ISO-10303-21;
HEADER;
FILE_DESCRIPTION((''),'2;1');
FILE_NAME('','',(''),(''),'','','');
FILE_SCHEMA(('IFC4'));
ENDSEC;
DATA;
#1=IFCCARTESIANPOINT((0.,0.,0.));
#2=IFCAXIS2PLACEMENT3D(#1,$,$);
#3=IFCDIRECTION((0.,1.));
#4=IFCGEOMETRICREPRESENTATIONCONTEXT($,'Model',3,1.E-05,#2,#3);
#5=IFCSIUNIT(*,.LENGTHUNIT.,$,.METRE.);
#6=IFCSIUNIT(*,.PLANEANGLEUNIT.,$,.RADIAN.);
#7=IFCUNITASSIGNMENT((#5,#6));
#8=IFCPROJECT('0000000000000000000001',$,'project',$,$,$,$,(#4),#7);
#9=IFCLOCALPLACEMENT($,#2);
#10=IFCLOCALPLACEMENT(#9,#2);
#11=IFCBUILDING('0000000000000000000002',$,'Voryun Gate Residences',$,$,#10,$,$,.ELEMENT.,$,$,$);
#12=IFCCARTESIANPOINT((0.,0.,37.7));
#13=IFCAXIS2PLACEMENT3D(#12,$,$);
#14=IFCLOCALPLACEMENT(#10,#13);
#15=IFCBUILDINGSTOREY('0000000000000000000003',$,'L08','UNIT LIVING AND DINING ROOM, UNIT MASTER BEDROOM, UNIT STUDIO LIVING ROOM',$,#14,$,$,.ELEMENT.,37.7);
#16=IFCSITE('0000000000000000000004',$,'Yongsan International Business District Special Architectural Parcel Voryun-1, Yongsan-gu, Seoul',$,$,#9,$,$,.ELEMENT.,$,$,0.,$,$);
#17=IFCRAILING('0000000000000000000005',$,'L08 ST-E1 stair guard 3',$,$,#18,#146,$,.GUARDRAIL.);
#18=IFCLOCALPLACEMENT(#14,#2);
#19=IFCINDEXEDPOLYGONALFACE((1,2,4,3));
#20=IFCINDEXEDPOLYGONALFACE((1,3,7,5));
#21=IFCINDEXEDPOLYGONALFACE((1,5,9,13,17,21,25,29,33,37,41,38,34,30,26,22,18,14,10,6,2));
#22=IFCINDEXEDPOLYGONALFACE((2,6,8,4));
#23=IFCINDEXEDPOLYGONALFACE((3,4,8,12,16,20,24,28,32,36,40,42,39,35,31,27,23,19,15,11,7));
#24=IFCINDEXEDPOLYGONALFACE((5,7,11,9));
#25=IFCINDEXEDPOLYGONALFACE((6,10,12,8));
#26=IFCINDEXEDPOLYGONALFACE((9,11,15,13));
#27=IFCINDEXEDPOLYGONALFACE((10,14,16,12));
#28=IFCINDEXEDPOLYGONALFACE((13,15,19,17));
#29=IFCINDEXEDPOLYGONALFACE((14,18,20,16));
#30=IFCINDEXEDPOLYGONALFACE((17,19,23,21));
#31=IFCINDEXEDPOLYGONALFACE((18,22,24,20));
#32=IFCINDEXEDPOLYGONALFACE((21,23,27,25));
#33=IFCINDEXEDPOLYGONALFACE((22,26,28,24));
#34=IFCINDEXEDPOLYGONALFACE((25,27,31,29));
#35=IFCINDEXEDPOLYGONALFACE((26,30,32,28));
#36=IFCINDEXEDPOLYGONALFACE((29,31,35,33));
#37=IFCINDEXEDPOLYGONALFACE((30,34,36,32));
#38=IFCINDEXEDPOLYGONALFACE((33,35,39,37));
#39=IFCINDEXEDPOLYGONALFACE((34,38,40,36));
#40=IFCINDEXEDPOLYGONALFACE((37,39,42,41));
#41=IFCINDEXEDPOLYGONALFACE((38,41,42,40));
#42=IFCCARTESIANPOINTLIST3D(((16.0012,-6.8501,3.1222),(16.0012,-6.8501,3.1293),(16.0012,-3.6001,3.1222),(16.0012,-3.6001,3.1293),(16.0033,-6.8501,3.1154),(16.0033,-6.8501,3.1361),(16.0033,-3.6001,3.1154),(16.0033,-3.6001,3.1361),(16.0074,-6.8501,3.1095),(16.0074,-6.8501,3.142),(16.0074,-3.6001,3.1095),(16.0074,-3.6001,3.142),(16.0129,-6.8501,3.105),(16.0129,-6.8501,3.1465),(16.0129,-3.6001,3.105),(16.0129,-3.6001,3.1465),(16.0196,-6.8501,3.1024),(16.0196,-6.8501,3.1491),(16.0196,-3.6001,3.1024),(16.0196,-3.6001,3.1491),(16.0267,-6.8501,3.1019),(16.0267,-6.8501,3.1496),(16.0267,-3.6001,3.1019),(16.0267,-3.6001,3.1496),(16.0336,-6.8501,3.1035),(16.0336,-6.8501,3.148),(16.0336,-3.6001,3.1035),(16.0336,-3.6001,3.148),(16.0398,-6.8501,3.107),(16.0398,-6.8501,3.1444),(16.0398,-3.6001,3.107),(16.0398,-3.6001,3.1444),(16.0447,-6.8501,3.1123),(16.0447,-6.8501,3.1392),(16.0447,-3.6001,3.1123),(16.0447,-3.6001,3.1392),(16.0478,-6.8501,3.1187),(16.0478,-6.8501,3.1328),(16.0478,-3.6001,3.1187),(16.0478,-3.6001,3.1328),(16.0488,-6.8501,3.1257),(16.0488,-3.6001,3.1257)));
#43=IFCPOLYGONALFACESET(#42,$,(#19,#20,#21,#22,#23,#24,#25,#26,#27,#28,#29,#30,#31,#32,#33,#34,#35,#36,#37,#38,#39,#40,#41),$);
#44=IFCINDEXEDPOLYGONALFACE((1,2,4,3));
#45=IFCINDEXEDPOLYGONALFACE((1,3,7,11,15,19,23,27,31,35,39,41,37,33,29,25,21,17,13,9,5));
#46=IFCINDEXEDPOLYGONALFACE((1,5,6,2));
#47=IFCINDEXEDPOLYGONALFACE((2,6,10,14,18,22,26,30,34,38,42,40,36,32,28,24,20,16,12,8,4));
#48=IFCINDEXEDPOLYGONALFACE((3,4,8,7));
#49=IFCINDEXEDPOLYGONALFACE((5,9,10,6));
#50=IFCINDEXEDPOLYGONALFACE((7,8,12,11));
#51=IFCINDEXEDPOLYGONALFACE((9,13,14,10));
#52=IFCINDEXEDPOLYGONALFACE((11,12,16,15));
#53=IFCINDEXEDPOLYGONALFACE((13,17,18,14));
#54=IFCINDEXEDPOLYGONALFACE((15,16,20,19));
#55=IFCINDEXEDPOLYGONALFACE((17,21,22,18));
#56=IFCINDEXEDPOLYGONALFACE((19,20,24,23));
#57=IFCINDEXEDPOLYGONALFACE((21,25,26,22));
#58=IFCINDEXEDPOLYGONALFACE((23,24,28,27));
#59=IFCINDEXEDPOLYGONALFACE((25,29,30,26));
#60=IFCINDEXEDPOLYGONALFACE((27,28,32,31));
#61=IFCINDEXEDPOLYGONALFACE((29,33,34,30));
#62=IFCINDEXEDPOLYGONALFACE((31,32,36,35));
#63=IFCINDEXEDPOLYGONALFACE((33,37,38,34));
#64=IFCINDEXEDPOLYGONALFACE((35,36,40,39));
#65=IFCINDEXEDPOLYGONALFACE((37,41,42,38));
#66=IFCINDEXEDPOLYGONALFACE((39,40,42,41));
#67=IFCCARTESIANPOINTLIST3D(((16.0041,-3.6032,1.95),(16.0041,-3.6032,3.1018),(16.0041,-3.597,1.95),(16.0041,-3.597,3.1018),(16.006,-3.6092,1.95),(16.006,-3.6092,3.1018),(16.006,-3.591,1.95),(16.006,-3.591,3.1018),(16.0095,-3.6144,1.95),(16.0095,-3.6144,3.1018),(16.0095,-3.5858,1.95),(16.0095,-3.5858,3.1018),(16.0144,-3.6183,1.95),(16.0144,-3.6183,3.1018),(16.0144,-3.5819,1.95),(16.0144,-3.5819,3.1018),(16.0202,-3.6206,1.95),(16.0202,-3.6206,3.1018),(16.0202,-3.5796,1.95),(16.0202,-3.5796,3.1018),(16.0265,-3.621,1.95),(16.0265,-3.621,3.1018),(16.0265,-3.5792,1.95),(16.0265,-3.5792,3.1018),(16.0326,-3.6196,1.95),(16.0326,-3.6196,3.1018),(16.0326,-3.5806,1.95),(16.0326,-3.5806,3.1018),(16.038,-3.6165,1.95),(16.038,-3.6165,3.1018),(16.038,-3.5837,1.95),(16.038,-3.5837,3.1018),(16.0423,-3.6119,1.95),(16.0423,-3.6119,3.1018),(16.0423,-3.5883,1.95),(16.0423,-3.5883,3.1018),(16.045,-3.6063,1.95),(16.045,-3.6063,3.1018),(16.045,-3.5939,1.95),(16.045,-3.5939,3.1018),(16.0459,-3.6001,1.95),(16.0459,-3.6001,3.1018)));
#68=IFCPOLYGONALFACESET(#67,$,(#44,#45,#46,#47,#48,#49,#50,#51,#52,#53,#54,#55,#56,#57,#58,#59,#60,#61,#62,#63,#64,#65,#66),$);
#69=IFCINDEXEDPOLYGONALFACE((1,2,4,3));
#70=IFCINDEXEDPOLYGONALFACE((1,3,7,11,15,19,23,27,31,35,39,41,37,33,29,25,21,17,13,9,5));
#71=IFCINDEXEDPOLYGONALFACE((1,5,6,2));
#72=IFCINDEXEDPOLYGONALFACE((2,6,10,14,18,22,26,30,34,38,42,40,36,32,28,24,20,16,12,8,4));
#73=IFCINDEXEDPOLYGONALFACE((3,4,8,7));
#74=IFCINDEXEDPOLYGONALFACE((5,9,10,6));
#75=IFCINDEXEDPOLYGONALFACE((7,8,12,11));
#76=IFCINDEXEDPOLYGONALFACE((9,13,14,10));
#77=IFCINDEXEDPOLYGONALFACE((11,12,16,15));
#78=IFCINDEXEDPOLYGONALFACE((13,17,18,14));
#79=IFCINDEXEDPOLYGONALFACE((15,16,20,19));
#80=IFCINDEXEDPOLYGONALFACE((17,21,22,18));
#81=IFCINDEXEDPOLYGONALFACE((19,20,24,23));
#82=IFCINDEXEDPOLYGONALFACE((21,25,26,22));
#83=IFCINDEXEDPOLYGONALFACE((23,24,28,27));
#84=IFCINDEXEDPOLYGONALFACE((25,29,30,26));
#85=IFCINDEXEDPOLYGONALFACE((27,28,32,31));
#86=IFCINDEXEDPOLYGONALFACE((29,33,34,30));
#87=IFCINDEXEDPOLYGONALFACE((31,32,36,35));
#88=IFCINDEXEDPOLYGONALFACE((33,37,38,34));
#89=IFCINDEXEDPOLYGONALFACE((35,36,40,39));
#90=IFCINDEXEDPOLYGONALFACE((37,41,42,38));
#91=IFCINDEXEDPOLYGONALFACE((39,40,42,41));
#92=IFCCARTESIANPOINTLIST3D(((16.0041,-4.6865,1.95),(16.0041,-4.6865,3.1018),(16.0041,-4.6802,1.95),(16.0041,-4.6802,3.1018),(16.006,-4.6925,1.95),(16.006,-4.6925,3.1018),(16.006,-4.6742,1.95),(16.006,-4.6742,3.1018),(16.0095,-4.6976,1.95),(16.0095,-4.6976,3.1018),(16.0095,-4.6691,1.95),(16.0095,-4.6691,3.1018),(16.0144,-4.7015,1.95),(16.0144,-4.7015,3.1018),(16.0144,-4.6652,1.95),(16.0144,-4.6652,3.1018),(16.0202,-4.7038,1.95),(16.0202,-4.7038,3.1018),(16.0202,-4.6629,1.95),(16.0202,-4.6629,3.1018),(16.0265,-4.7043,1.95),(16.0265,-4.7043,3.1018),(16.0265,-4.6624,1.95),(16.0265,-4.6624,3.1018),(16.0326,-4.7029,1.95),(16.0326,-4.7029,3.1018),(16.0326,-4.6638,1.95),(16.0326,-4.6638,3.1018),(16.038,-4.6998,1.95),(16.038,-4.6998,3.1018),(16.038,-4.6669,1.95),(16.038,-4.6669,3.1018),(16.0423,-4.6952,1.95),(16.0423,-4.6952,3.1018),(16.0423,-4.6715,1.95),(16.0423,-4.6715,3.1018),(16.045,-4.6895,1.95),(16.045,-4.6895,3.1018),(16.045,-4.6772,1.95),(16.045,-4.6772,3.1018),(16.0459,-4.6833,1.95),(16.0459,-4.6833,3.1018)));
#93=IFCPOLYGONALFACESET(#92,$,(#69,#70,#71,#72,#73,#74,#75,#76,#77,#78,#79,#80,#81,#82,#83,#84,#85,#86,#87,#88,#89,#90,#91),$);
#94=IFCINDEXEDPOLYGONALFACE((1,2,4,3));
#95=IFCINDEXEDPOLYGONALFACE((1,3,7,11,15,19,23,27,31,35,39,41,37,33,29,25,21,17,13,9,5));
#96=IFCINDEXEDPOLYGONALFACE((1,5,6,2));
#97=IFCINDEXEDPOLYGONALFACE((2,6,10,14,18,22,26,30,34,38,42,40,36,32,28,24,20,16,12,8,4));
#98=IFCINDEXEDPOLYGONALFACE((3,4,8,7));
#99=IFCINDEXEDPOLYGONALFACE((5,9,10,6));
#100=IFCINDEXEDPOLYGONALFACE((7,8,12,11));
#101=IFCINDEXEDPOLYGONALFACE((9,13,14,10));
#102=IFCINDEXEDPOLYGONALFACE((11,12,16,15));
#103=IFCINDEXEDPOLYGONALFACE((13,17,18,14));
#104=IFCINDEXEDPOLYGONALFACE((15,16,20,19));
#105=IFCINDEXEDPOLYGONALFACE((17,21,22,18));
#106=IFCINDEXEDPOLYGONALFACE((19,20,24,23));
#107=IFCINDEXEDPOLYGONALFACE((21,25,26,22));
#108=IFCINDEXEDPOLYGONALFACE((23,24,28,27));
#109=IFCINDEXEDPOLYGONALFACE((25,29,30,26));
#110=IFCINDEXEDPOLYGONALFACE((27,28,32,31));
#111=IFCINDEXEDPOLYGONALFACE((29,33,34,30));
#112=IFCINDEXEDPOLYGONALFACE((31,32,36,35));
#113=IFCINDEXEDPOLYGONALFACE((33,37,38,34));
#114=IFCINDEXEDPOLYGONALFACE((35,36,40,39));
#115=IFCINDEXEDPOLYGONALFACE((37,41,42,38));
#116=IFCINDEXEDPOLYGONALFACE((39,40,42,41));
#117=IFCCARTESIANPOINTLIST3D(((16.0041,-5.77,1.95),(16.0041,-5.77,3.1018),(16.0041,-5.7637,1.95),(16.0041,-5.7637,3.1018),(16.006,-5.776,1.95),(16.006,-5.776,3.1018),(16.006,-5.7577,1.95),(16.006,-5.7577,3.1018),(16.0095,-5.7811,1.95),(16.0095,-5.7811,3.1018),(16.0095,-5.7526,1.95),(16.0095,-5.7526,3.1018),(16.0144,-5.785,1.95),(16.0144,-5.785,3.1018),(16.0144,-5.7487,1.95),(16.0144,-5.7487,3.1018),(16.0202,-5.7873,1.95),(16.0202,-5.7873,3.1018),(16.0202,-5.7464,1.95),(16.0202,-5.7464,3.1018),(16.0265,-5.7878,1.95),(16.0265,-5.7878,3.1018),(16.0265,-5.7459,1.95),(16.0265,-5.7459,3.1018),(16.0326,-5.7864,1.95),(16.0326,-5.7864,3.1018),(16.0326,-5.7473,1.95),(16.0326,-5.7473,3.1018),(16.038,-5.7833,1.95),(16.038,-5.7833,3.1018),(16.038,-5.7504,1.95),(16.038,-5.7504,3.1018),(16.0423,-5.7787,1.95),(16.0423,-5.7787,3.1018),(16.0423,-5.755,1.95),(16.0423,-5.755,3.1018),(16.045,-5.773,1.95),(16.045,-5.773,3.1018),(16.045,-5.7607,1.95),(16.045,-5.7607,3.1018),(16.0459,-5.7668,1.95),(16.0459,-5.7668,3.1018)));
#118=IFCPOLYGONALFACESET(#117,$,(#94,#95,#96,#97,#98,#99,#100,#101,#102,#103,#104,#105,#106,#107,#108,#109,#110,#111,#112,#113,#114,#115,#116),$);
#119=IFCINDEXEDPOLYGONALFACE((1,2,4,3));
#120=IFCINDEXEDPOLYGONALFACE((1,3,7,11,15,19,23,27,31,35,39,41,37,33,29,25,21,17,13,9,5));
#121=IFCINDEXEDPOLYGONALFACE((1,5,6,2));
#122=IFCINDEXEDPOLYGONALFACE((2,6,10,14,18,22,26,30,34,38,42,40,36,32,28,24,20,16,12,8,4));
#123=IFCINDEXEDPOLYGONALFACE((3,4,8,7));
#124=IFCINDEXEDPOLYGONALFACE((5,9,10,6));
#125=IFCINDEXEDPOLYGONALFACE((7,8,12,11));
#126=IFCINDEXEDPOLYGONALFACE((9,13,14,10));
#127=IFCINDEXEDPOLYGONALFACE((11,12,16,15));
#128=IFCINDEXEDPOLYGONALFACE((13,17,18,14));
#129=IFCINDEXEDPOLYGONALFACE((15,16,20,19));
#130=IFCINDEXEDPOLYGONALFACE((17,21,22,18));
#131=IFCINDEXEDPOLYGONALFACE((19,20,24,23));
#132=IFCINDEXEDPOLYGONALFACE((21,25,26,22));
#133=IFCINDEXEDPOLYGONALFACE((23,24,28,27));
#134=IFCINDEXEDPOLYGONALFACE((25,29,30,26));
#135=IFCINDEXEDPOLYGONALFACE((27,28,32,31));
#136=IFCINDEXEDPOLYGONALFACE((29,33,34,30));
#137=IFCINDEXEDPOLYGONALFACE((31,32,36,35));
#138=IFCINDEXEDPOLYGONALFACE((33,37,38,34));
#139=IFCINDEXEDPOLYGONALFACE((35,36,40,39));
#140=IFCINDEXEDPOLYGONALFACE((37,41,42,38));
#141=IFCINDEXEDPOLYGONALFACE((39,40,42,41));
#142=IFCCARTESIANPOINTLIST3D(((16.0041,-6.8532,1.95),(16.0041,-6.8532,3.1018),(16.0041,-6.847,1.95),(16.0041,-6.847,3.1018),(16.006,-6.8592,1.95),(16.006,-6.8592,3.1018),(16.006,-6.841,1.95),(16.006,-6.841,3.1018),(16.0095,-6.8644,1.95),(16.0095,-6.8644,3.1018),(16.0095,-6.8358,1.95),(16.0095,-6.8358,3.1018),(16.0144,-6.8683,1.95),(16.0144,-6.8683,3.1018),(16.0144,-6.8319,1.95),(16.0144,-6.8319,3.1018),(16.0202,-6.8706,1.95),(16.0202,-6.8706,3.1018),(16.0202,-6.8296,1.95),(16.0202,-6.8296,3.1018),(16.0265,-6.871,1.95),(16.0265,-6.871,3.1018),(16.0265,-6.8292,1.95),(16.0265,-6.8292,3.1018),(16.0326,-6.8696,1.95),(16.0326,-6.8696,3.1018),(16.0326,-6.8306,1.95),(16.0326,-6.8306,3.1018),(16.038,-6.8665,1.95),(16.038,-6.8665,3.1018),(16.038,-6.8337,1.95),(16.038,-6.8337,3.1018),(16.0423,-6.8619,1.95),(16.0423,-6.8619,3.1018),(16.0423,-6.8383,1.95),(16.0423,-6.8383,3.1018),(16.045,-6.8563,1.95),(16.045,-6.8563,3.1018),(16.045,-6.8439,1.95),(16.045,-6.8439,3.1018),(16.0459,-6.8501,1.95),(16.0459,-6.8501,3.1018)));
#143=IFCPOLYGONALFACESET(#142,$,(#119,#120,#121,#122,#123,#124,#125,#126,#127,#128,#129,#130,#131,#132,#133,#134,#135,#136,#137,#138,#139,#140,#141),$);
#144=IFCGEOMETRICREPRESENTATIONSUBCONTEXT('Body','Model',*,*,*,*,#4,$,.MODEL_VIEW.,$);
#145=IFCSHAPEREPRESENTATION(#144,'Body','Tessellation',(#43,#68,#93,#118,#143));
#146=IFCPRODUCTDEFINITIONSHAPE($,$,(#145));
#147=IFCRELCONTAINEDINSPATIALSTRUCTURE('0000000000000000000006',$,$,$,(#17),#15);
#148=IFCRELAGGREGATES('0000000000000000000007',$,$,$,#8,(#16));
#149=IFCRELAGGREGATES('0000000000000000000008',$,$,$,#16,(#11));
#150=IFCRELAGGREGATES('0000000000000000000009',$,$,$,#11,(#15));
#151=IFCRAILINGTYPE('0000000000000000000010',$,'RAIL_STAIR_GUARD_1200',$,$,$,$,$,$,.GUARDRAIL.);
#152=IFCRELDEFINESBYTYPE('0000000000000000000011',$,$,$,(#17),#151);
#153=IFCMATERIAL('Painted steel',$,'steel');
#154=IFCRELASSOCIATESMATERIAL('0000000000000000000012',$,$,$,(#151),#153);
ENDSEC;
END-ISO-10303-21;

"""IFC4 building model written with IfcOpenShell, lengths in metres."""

from ifc_helpers import new_model, si_unit, direction, frame, origin, origin_2d, place, context, subcontext, project, spatial, circle, extrude, material, type_object, element, save


model = new_model("IFC4")

# Units and contexts
model_context = context("Model", 3, precision=1e-05, world=origin(), true_north=direction((0.0, 1.0)))
body_context = subcontext(model_context, "Body", "Model", "MODEL_VIEW")
ifc_project = project(units=[si_unit("LENGTHUNIT", "METRE"), si_unit("PLANEANGLEUNIT", "RADIAN")], contexts=[model_context])

# Site, building, storey
site_placement = place(None, origin())
site = spatial("IfcSite", under=ifc_project, at=site_placement, Name="Yongsan International Business District Special Architectural Parcel Voryun-1, Yongsan-gu, Seoul", CompositionType="ELEMENT", RefElevation=0.0)
building_placement = place(site_placement, origin())
building = spatial("IfcBuilding", under=site, at=building_placement, Name="Voryun Gate Residences", CompositionType="ELEMENT")
storey_placement = place(building_placement, frame((0.0, 0.0, 37.7)))
storey = spatial("IfcBuildingStorey", under=building, at=storey_placement, Name="L08", Description="UNIT LIVING AND DINING ROOM, UNIT MASTER BEDROOM, UNIT STUDIO LIVING ROOM", CompositionType="ELEMENT", Elevation=37.7)

# Railing
ifc_material_1 = material(Name="Painted steel", Category="steel")
railing_type_1 = type_object("IfcRailingType", Name="RAIL_STAIR_GUARD_1200", PredefinedType="GUARDRAIL", material=ifc_material_1)
for number, where, name in (
    (1, (16.0249, -3.6001, 1.95), "L08 ST-E1 stair guard 3"),
):
    element("IfcRailing", number, at=place(storey_placement, frame(where)), inside=storey, type_object=railing_type_1, Name=name, PredefinedType="GUARDRAIL", context=body_context, shape_type="SweptSolid", body=[
        extrude(circle(Radius=0.0239, at=origin_2d()), frame((0.0, 0.0, 1.1758), z_axis=(0.0, -1.0, 0.0), x_axis=(1.0, 0.0, 0.0)), (0.0, 0.0, 1.0), 3.25),
        extrude(circle(Radius=0.021, at=origin_2d()), origin(), (0.0, 0.0, 1.0), 1.1519),
        extrude(circle(Radius=0.021, at=origin_2d()), frame((0.0, -1.0833, 0.0)), (0.0, 0.0, 1.0), 1.1519),
        extrude(circle(Radius=0.021, at=origin_2d()), frame((0.0, -2.1667, 0.0)), (0.0, 0.0, 1.0), 1.1519),
        extrude(circle(Radius=0.021, at=origin_2d()), frame((0.0, -3.25, 0.0)), (0.0, 0.0, 1.0), 1.1519),
    ])

save(model, "model.ifc")
